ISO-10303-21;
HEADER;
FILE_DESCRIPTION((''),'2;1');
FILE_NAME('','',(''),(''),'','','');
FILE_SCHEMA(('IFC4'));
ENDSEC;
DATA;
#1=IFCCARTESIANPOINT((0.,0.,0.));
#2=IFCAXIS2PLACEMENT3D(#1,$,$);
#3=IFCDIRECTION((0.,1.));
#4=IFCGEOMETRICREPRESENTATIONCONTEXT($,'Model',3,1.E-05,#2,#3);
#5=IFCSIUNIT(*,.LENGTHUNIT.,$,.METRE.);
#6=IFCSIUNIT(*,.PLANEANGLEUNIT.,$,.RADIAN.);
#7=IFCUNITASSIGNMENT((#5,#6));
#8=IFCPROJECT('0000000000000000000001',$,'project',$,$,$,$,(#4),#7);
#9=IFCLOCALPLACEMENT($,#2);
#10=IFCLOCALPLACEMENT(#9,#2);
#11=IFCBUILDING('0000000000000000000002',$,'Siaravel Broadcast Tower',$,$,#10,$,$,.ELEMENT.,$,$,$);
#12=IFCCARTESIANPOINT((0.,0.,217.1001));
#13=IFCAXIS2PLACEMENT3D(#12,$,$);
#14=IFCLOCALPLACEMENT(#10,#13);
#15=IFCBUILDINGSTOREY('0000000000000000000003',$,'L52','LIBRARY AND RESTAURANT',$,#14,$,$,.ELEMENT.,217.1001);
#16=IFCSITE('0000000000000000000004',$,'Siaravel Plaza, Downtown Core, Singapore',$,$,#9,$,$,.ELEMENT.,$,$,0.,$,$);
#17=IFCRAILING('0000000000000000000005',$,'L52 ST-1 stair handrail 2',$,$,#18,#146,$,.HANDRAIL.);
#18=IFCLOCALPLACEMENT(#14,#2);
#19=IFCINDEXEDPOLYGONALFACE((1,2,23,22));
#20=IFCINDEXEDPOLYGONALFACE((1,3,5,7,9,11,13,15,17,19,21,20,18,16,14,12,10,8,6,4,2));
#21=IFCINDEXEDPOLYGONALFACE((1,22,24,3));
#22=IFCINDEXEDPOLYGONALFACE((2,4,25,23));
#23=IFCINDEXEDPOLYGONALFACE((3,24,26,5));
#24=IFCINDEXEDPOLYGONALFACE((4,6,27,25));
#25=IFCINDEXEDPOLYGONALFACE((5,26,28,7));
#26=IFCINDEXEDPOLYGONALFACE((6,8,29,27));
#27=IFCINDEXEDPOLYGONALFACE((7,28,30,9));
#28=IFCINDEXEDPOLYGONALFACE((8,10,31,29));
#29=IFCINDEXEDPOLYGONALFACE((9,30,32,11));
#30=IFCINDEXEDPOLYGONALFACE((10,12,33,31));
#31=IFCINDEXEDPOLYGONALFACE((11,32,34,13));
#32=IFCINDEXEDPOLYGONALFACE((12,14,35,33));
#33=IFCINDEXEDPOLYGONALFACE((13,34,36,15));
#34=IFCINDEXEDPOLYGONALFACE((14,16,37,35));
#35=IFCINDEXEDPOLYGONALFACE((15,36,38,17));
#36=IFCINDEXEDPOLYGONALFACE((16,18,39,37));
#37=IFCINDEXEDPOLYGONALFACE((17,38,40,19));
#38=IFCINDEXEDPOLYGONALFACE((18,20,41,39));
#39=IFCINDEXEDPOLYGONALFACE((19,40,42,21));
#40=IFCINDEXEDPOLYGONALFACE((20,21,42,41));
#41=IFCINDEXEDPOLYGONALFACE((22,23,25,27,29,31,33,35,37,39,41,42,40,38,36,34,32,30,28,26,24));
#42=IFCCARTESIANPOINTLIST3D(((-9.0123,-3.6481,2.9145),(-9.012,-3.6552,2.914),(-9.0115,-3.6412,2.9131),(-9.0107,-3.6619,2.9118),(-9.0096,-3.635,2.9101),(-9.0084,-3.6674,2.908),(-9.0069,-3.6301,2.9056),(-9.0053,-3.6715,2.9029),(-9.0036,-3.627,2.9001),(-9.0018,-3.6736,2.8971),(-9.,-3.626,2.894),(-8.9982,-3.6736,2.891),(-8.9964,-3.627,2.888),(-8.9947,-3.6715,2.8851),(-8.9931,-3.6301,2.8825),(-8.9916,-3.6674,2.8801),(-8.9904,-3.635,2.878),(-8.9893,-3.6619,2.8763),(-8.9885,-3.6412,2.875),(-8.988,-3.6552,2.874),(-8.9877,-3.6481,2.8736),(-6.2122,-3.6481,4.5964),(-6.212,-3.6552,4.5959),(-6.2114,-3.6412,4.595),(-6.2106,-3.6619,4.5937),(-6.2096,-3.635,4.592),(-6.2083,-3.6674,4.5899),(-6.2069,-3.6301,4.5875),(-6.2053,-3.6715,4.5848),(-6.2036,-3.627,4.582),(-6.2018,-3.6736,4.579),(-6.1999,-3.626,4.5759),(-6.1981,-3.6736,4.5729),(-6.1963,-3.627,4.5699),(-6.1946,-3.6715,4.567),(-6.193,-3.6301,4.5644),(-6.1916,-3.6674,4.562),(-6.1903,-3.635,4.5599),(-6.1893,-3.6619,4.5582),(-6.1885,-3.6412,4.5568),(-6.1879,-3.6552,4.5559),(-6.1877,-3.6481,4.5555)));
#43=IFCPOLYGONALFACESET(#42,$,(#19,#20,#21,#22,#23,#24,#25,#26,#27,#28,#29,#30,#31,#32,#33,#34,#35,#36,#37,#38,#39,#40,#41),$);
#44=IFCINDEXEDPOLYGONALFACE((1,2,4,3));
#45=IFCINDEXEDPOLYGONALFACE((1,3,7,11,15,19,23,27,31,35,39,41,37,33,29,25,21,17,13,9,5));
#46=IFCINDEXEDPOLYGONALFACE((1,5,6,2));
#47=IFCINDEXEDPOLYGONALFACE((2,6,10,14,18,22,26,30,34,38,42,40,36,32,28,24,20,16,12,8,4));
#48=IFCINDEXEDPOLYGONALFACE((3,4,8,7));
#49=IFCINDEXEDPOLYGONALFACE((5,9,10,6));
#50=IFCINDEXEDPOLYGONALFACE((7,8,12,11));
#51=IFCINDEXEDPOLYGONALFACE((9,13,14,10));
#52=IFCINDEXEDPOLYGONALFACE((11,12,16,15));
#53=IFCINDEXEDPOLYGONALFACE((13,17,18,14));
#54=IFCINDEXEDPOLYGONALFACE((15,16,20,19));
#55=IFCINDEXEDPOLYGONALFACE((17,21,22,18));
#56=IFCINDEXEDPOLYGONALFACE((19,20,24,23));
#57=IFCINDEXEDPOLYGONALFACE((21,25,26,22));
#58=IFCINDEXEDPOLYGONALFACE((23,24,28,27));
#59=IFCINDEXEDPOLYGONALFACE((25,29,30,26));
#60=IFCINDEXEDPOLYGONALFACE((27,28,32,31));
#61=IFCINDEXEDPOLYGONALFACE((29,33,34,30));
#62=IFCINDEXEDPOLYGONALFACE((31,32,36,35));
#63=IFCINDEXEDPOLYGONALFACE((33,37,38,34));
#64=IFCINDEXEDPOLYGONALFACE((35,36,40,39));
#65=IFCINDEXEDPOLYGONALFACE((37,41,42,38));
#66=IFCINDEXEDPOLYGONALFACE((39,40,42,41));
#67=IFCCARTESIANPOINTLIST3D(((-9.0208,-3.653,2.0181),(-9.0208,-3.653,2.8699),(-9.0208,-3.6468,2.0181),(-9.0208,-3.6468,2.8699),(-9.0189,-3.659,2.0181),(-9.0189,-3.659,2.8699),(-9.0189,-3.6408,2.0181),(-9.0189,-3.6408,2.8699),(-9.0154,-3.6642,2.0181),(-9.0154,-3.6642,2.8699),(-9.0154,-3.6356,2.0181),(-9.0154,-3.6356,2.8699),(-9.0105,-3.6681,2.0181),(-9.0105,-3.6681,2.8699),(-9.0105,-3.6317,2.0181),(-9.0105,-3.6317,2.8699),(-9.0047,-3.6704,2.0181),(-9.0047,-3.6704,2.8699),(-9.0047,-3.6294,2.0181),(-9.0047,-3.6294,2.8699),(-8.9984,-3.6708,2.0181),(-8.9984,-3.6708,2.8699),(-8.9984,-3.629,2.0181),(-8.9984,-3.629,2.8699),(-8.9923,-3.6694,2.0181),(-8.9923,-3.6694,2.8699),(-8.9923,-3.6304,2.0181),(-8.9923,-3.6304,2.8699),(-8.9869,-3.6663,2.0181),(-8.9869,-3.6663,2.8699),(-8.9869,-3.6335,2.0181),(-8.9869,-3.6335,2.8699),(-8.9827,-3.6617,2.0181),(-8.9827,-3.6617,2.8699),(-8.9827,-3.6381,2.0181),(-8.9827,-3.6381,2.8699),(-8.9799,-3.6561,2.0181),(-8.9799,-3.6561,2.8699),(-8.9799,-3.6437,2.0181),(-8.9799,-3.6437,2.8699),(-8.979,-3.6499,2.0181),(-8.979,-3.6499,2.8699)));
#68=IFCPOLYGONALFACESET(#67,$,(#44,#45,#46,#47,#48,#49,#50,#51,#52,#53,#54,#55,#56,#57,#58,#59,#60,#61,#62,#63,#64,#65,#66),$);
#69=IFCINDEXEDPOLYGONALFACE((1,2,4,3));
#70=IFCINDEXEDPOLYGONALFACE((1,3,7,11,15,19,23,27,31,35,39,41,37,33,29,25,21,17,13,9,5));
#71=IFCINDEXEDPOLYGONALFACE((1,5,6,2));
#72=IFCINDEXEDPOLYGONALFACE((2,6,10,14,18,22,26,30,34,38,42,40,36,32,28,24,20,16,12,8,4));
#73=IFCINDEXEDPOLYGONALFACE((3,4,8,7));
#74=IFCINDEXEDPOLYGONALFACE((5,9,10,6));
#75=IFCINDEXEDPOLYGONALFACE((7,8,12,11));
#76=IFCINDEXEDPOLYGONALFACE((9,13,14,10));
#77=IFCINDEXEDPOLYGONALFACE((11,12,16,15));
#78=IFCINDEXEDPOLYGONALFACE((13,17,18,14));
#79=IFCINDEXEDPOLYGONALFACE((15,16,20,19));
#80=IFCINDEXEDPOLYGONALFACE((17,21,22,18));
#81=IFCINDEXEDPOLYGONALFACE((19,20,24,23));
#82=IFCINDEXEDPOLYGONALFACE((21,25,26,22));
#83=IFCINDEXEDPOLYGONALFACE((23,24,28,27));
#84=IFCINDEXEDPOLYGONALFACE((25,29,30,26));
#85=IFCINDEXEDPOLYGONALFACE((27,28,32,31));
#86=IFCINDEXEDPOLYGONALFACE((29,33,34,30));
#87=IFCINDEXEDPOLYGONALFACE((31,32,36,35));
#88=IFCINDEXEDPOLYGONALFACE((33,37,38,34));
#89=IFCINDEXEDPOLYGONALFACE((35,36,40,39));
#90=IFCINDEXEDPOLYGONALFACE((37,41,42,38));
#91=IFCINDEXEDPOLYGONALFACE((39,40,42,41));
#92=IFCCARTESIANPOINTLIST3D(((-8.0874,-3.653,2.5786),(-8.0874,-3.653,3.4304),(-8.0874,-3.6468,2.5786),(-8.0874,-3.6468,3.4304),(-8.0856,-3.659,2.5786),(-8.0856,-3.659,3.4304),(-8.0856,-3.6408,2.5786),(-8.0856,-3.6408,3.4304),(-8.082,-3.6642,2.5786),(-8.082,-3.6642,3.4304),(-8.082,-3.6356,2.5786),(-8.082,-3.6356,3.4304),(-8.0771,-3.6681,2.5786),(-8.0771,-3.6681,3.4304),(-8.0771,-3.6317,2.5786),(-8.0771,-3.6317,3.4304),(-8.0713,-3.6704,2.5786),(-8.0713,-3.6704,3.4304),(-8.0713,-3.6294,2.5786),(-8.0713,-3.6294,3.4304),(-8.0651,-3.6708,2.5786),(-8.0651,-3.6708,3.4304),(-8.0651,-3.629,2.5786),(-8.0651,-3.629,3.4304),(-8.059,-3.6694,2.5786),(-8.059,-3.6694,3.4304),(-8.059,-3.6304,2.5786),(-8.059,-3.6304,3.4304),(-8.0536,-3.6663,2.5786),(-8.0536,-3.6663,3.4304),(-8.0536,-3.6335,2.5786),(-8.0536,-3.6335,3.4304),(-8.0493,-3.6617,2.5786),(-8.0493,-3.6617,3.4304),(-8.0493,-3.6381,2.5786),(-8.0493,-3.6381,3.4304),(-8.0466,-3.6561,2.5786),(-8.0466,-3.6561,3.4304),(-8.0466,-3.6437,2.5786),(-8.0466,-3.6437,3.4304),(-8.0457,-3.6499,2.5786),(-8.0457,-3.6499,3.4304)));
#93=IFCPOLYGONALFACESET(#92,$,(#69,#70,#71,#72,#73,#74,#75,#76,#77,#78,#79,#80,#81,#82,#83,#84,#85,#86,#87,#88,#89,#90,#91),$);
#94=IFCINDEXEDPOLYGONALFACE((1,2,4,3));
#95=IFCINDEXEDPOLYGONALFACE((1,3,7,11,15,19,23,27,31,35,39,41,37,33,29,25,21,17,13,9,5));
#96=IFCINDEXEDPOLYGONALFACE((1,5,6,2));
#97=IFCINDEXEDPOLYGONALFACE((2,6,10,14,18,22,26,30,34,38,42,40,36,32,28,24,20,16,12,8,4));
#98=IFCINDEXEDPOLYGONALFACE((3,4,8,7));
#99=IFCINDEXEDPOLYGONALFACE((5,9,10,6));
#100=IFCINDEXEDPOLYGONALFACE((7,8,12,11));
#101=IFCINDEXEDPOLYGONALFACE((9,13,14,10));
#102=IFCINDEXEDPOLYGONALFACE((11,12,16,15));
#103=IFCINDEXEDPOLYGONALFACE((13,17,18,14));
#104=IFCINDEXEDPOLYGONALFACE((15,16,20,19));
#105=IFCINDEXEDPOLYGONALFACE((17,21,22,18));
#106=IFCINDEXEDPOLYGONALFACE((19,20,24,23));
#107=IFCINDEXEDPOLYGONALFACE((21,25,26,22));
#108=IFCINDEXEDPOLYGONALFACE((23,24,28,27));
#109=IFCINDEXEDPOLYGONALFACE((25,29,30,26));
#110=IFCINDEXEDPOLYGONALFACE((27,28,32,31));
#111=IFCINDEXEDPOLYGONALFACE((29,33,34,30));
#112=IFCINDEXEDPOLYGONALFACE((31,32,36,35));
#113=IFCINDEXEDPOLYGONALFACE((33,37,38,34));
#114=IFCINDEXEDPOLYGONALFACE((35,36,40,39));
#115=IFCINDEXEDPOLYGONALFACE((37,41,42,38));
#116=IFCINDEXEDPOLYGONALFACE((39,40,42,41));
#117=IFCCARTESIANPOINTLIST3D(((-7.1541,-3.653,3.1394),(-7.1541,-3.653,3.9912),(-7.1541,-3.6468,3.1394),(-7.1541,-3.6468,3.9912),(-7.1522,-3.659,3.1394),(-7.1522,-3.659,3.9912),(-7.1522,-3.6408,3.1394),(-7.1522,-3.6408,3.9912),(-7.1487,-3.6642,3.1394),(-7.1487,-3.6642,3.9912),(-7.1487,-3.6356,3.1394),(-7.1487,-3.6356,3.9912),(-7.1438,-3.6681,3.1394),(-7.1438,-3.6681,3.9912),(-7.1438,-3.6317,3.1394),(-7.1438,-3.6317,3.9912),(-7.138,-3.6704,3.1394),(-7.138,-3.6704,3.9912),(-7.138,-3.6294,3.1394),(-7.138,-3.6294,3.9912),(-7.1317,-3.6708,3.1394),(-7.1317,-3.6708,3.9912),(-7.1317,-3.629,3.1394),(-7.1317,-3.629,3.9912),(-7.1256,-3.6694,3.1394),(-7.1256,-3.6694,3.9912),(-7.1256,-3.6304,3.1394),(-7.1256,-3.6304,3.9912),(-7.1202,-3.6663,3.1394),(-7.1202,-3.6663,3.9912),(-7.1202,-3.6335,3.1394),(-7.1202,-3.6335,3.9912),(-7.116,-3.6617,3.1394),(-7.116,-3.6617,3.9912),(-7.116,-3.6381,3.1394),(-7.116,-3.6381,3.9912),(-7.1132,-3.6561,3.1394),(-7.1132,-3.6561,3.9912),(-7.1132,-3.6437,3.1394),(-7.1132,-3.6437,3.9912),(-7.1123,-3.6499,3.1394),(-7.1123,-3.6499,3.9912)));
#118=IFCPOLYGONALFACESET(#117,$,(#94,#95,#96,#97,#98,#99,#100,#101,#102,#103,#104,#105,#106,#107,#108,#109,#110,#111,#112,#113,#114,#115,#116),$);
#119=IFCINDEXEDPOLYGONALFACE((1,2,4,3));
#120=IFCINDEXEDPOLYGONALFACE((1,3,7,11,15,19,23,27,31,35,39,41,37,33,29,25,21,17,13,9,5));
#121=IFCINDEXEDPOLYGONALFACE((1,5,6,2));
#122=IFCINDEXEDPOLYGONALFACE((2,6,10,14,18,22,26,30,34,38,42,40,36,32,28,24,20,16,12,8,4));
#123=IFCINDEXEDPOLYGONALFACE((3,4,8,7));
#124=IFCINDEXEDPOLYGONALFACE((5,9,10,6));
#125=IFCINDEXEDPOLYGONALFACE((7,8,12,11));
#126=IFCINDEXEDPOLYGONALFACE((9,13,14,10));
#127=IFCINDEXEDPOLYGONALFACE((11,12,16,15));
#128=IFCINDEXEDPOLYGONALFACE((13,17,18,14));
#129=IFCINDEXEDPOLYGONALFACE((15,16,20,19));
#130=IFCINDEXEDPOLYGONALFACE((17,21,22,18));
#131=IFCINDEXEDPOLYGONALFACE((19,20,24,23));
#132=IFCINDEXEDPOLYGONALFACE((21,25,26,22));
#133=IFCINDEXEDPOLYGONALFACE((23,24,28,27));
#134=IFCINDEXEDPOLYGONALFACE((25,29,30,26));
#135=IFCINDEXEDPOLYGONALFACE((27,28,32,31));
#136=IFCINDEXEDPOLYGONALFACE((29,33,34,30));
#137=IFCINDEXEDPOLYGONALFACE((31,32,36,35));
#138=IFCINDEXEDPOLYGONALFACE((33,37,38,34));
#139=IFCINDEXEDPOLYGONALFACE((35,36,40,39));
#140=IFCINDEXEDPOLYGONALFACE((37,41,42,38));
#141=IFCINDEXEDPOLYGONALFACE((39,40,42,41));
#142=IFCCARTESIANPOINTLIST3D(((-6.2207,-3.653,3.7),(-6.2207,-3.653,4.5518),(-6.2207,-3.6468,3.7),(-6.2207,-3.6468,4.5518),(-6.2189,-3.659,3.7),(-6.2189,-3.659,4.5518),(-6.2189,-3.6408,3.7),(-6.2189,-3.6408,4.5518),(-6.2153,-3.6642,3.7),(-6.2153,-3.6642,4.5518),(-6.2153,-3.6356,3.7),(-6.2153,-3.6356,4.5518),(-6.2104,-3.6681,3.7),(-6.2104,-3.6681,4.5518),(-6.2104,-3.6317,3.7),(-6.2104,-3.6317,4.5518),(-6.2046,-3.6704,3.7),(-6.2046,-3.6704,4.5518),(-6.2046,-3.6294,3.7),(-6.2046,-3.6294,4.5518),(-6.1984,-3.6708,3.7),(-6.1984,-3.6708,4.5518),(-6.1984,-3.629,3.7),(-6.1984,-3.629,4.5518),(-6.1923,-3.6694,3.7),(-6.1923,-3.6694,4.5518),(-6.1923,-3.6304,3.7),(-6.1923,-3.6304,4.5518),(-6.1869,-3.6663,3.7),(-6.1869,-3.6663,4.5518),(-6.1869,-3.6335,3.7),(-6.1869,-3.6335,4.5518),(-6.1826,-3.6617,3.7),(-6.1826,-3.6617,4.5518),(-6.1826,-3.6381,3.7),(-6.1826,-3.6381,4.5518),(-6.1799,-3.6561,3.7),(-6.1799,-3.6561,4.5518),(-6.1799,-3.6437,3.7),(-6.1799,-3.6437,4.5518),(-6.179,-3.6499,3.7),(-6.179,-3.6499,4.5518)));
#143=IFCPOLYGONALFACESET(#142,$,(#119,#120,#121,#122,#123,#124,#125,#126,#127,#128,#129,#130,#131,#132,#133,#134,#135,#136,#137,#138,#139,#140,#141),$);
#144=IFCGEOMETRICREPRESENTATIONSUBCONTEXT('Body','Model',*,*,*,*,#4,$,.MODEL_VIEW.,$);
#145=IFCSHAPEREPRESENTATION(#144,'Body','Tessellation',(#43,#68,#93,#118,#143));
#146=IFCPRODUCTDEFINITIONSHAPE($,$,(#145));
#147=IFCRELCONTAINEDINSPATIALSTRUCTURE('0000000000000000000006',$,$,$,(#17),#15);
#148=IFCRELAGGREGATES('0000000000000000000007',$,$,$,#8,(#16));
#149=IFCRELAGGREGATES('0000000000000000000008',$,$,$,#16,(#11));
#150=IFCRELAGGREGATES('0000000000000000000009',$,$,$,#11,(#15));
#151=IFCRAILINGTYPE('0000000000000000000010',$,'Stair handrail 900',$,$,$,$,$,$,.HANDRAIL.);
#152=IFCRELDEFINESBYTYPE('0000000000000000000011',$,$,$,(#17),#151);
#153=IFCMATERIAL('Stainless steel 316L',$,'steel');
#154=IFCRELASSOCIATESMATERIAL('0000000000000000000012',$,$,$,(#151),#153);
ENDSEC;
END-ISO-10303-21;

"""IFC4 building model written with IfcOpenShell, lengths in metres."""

from ifc_helpers import new_model, si_unit, direction, frame, origin, origin_2d, place, context, subcontext, project, spatial, circle, extrude, material, type_object, element, save


model = new_model("IFC4")

# Units and contexts
model_context = context("Model", 3, precision=1e-05, world=origin(), true_north=direction((0.0, 1.0)))
body_context = subcontext(model_context, "Body", "Model", "MODEL_VIEW")
ifc_project = project(units=[si_unit("LENGTHUNIT", "METRE"), si_unit("PLANEANGLEUNIT", "RADIAN")], contexts=[model_context])

# Site, building, storey
site_placement = place(None, origin())
site = spatial("IfcSite", under=ifc_project, at=site_placement, Name="Siaravel Plaza, Downtown Core, Singapore", CompositionType="ELEMENT", RefElevation=0.0)
building_placement = place(site_placement, origin())
building = spatial("IfcBuilding", under=site, at=building_placement, Name="Siaravel Broadcast Tower", CompositionType="ELEMENT")
storey_placement = place(building_placement, frame((0.0, 0.0, 217.1001)))
storey = spatial("IfcBuildingStorey", under=building, at=storey_placement, Name="L52", Description="LIBRARY AND RESTAURANT", CompositionType="ELEMENT", Elevation=217.1001)

# Shared definitions
ifc_material_1 = material(Name="Stainless steel 316L", Category="steel")

# Railing
railing_type_1 = type_object("IfcRailingType", Name="Stair handrail 900", PredefinedType="HANDRAIL", material=ifc_material_1)
railing_1_placement = place(storey_placement, frame((-9.0, -3.6499, 2.0181)))
element("IfcRailing", 1, at=railing_1_placement, inside=storey, type_object=railing_type_1, Name="L52 ST-1 stair handrail 2", PredefinedType="HANDRAIL", context=body_context, shape_type="SweptSolid", body=[
    extrude(circle(Radius=0.0239, at=origin_2d()), frame((0.0, 0.0, 0.876), z_axis=(0.857242, 0.0, 0.514913), x_axis=(0.0, 1.0, 0.0)), (0.0, 0.0, 1.0), 3.2664),
    extrude(circle(Radius=0.021, at=origin_2d()), origin(), (0.0, 0.0, 1.0), 0.8518),
    extrude(circle(Radius=0.021, at=origin_2d()), frame((0.9333, 0.0, 0.5605)), (0.0, 0.0, 1.0), 0.8518),
    extrude(circle(Radius=0.021, at=origin_2d()), frame((1.8667, 0.0, 1.1213)), (0.0, 0.0, 1.0), 0.8518),
    extrude(circle(Radius=0.021, at=origin_2d()), frame((2.8, 0.0, 1.6819)), (0.0, 0.0, 1.0), 0.8518),
])

save(model, "model.ifc")
